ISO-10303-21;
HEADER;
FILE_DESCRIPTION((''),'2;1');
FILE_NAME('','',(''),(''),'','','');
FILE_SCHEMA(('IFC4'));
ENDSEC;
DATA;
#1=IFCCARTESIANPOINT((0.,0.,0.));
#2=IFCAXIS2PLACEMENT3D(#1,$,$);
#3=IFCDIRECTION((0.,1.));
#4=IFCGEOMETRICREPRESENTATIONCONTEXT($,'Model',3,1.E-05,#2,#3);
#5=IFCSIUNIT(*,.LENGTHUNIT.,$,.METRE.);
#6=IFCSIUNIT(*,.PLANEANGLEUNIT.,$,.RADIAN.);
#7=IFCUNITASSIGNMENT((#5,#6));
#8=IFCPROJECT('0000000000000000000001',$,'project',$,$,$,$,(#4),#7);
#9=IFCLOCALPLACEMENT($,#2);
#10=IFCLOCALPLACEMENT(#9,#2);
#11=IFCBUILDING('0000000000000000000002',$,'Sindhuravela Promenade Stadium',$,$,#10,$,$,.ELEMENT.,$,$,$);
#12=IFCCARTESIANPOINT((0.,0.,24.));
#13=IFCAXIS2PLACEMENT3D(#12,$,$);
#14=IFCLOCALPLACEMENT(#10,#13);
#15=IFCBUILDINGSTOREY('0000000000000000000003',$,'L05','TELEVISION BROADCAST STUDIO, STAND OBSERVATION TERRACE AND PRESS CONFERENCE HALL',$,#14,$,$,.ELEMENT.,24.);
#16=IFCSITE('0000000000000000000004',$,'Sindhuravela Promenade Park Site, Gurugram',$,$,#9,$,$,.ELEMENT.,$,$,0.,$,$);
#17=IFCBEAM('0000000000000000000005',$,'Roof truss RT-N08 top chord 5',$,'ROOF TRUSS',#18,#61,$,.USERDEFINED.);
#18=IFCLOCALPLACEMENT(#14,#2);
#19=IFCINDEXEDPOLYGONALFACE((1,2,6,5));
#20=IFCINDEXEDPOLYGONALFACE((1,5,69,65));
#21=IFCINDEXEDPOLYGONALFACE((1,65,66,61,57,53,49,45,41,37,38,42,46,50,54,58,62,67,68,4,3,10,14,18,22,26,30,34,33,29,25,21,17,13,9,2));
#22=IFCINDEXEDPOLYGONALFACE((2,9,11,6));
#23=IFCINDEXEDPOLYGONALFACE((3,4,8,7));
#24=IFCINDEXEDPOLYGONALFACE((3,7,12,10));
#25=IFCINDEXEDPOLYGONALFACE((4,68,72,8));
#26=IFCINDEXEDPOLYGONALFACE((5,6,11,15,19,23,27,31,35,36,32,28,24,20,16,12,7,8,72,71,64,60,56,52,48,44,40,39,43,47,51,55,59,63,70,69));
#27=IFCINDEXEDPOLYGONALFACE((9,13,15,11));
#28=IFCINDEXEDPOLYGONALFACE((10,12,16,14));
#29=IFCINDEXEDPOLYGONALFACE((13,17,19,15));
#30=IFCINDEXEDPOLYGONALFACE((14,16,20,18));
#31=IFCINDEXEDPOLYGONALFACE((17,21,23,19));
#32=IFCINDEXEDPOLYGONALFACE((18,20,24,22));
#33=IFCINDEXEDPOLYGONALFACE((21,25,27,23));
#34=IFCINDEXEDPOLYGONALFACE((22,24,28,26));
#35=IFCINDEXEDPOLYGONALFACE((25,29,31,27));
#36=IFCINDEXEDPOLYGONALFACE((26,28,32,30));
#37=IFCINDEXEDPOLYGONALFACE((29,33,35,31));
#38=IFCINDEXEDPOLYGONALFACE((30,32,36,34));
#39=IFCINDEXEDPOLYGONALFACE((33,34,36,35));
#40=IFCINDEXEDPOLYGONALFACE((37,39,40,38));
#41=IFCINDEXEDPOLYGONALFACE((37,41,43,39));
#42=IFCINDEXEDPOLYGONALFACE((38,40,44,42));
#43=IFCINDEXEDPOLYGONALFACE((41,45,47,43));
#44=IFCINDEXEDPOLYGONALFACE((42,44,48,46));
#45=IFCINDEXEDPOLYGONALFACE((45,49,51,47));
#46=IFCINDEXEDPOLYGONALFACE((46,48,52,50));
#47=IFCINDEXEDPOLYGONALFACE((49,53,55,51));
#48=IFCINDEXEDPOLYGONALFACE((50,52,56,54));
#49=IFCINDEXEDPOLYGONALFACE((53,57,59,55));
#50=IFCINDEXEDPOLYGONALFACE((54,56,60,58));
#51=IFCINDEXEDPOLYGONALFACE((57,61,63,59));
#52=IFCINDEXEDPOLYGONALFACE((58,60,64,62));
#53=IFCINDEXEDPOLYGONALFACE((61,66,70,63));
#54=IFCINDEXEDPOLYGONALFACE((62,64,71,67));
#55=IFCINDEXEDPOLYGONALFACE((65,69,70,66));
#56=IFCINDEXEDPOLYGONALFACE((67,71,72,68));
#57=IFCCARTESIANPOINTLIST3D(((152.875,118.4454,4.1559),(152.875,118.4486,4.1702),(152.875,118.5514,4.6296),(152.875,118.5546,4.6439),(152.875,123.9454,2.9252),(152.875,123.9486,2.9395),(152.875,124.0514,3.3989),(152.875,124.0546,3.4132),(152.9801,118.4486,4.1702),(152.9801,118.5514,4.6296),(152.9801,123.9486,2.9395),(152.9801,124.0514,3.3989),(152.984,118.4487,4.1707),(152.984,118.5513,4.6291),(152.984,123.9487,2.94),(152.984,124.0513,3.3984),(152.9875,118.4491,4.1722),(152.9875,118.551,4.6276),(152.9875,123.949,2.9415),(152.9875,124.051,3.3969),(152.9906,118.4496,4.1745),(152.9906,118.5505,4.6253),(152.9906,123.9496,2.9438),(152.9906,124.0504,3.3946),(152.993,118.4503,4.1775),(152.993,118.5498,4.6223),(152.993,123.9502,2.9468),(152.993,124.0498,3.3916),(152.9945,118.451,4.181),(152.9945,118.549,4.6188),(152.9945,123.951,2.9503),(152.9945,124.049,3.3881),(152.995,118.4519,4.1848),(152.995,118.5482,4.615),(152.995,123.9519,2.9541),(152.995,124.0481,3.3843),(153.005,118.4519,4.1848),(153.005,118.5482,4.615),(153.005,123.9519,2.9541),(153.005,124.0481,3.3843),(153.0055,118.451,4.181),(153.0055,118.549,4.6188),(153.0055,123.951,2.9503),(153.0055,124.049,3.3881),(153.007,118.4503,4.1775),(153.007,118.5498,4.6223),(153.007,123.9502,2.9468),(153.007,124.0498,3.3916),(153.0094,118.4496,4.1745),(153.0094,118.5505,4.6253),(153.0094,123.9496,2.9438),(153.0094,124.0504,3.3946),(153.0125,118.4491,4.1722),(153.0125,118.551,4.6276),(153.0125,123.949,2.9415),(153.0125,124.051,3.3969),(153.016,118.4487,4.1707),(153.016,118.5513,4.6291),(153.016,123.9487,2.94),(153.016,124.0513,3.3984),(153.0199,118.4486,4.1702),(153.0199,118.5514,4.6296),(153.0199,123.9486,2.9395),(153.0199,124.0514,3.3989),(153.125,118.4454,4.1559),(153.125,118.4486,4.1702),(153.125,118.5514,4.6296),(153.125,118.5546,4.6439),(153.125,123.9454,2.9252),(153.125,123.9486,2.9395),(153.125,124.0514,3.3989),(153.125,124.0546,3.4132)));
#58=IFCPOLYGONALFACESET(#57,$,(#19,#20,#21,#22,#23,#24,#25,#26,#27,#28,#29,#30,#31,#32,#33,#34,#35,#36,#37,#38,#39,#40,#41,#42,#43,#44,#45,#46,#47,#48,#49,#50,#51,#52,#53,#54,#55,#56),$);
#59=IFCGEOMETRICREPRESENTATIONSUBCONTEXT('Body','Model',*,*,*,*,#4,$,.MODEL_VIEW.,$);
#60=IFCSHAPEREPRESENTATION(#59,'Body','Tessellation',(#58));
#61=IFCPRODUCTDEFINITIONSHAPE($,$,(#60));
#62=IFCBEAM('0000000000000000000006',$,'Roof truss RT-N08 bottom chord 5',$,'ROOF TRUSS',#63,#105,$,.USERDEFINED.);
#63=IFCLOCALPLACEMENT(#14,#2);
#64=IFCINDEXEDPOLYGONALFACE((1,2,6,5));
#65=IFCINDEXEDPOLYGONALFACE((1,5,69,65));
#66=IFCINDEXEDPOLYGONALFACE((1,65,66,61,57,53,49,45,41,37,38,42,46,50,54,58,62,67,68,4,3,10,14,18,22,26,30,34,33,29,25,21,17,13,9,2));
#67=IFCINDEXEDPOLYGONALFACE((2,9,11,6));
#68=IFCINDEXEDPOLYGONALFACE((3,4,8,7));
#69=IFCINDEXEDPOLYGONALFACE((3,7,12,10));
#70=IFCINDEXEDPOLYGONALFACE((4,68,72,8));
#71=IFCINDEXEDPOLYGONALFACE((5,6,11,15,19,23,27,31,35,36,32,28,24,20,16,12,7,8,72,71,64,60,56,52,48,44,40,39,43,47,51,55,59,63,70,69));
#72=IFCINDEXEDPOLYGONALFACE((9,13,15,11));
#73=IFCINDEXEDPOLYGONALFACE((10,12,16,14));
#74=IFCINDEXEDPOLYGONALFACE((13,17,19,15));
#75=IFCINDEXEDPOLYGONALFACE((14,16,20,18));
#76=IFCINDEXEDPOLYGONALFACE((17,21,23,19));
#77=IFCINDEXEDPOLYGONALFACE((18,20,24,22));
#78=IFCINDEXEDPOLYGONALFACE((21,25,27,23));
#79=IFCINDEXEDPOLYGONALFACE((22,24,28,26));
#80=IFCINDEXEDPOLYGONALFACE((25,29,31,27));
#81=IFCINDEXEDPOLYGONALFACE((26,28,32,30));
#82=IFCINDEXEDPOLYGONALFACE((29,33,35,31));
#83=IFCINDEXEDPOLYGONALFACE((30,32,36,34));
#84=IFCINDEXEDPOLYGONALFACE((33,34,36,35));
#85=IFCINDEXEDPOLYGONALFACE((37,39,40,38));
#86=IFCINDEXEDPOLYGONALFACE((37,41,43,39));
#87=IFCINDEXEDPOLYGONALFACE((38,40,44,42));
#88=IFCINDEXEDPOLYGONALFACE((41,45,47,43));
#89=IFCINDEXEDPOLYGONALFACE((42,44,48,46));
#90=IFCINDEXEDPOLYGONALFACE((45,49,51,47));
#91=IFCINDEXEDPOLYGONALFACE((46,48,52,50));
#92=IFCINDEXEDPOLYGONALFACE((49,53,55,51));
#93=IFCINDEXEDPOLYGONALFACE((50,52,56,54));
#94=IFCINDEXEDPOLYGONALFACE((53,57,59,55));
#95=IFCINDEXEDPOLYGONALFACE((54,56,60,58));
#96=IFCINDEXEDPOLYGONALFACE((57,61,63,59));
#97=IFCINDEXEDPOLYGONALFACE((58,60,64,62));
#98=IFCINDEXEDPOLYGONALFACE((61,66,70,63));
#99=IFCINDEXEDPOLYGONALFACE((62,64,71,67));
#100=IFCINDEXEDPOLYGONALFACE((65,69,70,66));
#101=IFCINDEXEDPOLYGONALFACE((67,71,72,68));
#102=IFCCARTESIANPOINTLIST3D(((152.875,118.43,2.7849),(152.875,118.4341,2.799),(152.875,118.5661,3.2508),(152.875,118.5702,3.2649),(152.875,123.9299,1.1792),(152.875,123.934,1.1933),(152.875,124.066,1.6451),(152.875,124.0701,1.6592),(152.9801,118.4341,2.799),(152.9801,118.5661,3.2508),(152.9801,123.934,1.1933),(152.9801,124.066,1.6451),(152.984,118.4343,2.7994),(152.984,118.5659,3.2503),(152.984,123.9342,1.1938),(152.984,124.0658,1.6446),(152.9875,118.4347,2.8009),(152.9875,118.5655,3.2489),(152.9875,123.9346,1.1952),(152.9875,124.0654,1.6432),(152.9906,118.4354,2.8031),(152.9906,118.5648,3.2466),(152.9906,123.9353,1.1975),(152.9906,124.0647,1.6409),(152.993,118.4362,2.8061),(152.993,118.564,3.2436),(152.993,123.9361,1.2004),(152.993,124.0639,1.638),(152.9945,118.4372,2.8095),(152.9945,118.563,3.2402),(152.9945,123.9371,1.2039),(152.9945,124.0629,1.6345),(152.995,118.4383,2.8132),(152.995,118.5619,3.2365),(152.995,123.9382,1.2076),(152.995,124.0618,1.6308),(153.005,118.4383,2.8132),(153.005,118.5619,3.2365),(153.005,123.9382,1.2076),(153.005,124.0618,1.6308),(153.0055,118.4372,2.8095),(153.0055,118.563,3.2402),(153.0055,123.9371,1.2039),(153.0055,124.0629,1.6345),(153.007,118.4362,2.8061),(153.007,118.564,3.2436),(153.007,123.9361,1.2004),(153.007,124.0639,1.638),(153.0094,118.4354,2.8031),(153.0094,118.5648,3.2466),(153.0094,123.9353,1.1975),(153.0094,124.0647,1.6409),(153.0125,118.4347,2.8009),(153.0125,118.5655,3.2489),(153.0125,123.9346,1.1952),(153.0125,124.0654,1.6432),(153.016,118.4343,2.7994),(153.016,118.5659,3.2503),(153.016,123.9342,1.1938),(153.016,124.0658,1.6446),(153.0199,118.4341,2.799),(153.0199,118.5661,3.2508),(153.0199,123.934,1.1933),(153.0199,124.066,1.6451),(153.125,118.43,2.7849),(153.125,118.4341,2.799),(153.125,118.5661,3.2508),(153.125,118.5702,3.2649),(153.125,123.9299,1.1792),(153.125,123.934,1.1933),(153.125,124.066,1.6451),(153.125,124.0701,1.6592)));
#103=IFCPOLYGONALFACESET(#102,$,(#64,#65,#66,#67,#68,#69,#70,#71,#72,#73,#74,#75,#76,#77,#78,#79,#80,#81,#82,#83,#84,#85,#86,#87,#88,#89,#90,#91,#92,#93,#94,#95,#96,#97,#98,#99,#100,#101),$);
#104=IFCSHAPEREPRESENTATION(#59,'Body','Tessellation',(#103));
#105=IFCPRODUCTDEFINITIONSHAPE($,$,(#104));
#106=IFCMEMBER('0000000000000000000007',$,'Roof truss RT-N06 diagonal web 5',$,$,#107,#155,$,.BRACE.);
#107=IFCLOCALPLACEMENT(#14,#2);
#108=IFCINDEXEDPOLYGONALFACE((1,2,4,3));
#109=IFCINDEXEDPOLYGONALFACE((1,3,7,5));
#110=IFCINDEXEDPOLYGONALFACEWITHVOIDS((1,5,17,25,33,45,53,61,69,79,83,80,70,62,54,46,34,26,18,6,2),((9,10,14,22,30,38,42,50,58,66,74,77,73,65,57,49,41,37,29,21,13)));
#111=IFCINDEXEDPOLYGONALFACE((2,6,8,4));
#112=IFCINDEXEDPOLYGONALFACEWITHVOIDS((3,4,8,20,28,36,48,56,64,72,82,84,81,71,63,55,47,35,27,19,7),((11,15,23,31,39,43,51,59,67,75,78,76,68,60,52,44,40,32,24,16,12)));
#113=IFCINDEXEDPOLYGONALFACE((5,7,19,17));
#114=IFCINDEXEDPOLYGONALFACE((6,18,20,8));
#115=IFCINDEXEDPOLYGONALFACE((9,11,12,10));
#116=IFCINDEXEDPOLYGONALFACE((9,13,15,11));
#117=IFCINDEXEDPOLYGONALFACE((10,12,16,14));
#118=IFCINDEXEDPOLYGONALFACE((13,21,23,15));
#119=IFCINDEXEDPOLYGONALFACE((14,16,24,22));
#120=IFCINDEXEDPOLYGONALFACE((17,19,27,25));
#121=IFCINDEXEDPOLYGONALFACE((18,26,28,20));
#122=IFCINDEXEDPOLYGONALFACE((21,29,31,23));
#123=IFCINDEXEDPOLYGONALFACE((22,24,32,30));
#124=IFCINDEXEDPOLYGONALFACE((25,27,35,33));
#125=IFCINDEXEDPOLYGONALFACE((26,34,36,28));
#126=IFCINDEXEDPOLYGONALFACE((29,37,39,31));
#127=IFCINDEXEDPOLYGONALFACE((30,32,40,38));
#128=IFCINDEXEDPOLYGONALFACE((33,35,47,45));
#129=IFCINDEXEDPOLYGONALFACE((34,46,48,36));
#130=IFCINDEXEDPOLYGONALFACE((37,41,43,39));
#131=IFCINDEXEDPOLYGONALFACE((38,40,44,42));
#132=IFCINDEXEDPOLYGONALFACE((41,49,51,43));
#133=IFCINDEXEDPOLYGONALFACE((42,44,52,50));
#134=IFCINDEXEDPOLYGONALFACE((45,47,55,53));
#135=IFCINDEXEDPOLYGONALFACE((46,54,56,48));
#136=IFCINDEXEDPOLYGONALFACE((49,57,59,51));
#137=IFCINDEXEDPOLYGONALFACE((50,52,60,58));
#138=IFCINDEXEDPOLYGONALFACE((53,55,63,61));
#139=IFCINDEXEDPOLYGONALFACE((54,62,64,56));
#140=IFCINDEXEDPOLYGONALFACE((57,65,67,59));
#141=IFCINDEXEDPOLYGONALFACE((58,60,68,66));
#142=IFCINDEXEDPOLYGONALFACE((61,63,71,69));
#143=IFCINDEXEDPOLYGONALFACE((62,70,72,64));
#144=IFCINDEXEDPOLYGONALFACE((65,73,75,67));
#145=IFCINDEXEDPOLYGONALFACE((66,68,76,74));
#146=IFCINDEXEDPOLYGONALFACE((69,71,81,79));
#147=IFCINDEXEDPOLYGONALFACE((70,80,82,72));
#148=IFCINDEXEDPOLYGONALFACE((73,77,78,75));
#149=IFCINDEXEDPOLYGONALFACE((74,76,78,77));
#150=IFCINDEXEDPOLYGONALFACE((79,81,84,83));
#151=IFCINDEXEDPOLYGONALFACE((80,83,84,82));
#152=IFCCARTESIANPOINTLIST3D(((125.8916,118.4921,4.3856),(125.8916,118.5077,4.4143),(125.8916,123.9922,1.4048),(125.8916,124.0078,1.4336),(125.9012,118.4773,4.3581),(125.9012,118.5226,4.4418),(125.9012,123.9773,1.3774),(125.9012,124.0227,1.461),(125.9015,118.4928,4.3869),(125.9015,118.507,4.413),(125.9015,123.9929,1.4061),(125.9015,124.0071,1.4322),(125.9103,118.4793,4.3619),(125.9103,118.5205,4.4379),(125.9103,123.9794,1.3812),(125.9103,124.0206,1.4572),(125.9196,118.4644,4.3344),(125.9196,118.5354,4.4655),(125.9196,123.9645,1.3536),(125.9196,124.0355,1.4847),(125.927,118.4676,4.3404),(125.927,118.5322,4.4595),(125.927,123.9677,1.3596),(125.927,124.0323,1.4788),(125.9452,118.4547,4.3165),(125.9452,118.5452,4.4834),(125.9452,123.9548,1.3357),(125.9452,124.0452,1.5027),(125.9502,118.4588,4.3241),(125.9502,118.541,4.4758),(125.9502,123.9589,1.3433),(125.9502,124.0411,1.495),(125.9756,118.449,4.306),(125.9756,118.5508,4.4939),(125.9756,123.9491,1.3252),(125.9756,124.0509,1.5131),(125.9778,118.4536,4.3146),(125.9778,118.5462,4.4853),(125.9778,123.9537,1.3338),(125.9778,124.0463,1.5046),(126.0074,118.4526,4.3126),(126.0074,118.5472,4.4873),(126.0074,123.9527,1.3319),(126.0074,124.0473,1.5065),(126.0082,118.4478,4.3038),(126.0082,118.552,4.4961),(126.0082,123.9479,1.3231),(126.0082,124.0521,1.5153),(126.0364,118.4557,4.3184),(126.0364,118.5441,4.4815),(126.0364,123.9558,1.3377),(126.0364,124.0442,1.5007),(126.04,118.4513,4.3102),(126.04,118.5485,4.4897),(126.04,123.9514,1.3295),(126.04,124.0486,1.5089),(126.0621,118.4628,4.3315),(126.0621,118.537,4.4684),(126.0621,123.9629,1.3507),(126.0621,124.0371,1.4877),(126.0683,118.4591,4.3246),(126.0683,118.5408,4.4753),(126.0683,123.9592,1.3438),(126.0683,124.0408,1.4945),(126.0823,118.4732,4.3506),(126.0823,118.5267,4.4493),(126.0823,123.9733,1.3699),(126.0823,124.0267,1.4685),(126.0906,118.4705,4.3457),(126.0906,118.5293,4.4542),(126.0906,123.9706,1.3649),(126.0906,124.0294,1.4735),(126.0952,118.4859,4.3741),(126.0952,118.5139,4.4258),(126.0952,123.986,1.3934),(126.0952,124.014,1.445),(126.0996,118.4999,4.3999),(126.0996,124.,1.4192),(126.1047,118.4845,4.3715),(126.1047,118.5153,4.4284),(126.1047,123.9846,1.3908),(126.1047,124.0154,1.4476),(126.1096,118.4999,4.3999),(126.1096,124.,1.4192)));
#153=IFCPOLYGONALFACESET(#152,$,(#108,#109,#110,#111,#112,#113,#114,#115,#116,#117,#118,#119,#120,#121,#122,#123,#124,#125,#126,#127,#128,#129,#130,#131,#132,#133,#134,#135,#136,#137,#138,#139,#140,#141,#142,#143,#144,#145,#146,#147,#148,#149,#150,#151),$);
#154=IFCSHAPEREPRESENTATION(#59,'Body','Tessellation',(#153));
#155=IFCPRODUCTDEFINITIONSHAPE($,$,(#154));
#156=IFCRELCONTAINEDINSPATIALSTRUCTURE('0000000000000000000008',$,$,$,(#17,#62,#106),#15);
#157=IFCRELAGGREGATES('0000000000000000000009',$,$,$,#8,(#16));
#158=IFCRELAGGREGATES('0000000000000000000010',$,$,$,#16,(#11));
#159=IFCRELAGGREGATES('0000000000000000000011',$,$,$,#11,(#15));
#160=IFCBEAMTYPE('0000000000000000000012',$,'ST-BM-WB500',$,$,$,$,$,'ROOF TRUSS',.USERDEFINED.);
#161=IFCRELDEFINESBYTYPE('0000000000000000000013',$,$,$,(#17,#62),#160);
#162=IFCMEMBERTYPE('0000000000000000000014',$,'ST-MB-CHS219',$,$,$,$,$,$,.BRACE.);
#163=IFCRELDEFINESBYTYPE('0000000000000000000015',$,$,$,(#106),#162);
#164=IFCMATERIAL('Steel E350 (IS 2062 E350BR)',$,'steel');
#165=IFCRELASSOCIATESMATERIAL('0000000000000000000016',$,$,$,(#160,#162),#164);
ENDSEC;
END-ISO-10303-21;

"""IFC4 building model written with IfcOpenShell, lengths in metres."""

from ifc_helpers import new_model, si_unit, direction, frame, origin, origin_2d, place, context, subcontext, project, spatial, hollow_circle, i_section, extrude, material, material_profile, profile_set, type_object, element, save


model = new_model("IFC4")

# Units and contexts
model_context = context("Model", 3, precision=1e-05, world=origin(), true_north=direction((0.0, 1.0)))
body_context = subcontext(model_context, "Body", "Model", "MODEL_VIEW")
ifc_project = project(units=[si_unit("LENGTHUNIT", "METRE"), si_unit("PLANEANGLEUNIT", "RADIAN")], contexts=[model_context])

# Site, building, storey
site_placement = place(None, origin())
site = spatial("IfcSite", under=ifc_project, at=site_placement, Name="Sindhuravela Promenade Park Site, Gurugram", CompositionType="ELEMENT", RefElevation=0.0)
building_placement = place(site_placement, origin())
building = spatial("IfcBuilding", under=site, at=building_placement, Name="Sindhuravela Promenade Stadium", CompositionType="ELEMENT")
storey_placement = place(building_placement, frame((0.0, 0.0, 24.0)))
storey = spatial("IfcBuildingStorey", under=building, at=storey_placement, Name="L05", Description="TELEVISION BROADCAST STUDIO, STAND OBSERVATION TERRACE AND PRESS CONFERENCE HALL", CompositionType="ELEMENT", Elevation=24.0)

# Beams
ifc_material_1 = material(Name="Steel E350 (IS 2062 E350BR)", Category="steel")
ifc_material_profile_1 = material_profile(ifc_material_1, i_section(OverallWidth=0.25, OverallDepth=0.5, WebThickness=0.01, FlangeThickness=0.0146, FilletRadius=0.0149, at=origin_2d()), Name="ISWB 500")
ifc_profile_set_1 = profile_set([ifc_material_profile_1], Name="Steel E350 (IS 2062 E350BR)")
beam_type = type_object("IfcBeamType", Name="ST-BM-WB500", ElementType="ROOF TRUSS", PredefinedType="USERDEFINED", material=ifc_profile_set_1)
beam_1_placement = place(storey_placement, frame((153.0, 124.0, 3.1692), z_axis=(0.0, -0.975867, 0.218366), x_axis=(1.0, 0.0, 0.0)))
element("IfcBeam", 1, at=beam_1_placement, inside=storey, type_object=beam_type, Name="Roof truss RT-N08 top chord 5", ObjectType="ROOF TRUSS", PredefinedType="USERDEFINED", context=body_context, shape_type="SweptSolid", body=[
    extrude(i_section(OverallWidth=0.25, OverallDepth=0.5, WebThickness=0.01, FlangeThickness=0.0146, FilletRadius=0.0149, at=origin_2d()), origin(), (0.0, 0.0, 1.0), 5.636),
])
beam_2_placement = place(storey_placement, frame((153.0, 124.0, 1.4192), z_axis=(0.0, -0.959927, 0.280249), x_axis=(1.0, 0.0, 0.0)))
element("IfcBeam", 2, at=beam_2_placement, inside=storey, type_object=beam_type, Name="Roof truss RT-N08 bottom chord 5", ObjectType="ROOF TRUSS", PredefinedType="USERDEFINED", context=body_context, shape_type="SweptSolid", body=[
    extrude(i_section(OverallWidth=0.25, OverallDepth=0.5, WebThickness=0.01, FlangeThickness=0.0146, FilletRadius=0.0149, at=origin_2d()), origin(), (0.0, 0.0, 1.0), 5.7295),
])

# Member
ifc_material_profile_2 = material_profile(ifc_material_1, hollow_circle(Radius=0.1096, WallThickness=0.01, at=origin_2d()), Name="CHS 219.1x10")
ifc_profile_set_2 = profile_set([ifc_material_profile_2], Name="Steel E350 (IS 2062 E350BR)")
member_type_1 = type_object("IfcMemberType", Name="ST-MB-CHS219", PredefinedType="BRACE", material=ifc_profile_set_2)
for number, where, z_axis, x_axis, name in (
    (3, (126.0, 124.0, 1.4192), (0.0, -0.879188, 0.476474), (1.0, 0.0, 0.0), "Roof truss RT-N06 diagonal web 5"),
):
    element("IfcMember", number, at=place(storey_placement, frame(where, z_axis=z_axis, x_axis=x_axis)), inside=storey, type_object=member_type_1, Name=name, PredefinedType="BRACE", context=body_context, shape_type="SweptSolid", body=[
        extrude(hollow_circle(Radius=0.1096, WallThickness=0.01, at=origin_2d()), origin(), (0.0, 0.0, 1.0), 6.2559),
    ])

save(model, "model.ifc")
